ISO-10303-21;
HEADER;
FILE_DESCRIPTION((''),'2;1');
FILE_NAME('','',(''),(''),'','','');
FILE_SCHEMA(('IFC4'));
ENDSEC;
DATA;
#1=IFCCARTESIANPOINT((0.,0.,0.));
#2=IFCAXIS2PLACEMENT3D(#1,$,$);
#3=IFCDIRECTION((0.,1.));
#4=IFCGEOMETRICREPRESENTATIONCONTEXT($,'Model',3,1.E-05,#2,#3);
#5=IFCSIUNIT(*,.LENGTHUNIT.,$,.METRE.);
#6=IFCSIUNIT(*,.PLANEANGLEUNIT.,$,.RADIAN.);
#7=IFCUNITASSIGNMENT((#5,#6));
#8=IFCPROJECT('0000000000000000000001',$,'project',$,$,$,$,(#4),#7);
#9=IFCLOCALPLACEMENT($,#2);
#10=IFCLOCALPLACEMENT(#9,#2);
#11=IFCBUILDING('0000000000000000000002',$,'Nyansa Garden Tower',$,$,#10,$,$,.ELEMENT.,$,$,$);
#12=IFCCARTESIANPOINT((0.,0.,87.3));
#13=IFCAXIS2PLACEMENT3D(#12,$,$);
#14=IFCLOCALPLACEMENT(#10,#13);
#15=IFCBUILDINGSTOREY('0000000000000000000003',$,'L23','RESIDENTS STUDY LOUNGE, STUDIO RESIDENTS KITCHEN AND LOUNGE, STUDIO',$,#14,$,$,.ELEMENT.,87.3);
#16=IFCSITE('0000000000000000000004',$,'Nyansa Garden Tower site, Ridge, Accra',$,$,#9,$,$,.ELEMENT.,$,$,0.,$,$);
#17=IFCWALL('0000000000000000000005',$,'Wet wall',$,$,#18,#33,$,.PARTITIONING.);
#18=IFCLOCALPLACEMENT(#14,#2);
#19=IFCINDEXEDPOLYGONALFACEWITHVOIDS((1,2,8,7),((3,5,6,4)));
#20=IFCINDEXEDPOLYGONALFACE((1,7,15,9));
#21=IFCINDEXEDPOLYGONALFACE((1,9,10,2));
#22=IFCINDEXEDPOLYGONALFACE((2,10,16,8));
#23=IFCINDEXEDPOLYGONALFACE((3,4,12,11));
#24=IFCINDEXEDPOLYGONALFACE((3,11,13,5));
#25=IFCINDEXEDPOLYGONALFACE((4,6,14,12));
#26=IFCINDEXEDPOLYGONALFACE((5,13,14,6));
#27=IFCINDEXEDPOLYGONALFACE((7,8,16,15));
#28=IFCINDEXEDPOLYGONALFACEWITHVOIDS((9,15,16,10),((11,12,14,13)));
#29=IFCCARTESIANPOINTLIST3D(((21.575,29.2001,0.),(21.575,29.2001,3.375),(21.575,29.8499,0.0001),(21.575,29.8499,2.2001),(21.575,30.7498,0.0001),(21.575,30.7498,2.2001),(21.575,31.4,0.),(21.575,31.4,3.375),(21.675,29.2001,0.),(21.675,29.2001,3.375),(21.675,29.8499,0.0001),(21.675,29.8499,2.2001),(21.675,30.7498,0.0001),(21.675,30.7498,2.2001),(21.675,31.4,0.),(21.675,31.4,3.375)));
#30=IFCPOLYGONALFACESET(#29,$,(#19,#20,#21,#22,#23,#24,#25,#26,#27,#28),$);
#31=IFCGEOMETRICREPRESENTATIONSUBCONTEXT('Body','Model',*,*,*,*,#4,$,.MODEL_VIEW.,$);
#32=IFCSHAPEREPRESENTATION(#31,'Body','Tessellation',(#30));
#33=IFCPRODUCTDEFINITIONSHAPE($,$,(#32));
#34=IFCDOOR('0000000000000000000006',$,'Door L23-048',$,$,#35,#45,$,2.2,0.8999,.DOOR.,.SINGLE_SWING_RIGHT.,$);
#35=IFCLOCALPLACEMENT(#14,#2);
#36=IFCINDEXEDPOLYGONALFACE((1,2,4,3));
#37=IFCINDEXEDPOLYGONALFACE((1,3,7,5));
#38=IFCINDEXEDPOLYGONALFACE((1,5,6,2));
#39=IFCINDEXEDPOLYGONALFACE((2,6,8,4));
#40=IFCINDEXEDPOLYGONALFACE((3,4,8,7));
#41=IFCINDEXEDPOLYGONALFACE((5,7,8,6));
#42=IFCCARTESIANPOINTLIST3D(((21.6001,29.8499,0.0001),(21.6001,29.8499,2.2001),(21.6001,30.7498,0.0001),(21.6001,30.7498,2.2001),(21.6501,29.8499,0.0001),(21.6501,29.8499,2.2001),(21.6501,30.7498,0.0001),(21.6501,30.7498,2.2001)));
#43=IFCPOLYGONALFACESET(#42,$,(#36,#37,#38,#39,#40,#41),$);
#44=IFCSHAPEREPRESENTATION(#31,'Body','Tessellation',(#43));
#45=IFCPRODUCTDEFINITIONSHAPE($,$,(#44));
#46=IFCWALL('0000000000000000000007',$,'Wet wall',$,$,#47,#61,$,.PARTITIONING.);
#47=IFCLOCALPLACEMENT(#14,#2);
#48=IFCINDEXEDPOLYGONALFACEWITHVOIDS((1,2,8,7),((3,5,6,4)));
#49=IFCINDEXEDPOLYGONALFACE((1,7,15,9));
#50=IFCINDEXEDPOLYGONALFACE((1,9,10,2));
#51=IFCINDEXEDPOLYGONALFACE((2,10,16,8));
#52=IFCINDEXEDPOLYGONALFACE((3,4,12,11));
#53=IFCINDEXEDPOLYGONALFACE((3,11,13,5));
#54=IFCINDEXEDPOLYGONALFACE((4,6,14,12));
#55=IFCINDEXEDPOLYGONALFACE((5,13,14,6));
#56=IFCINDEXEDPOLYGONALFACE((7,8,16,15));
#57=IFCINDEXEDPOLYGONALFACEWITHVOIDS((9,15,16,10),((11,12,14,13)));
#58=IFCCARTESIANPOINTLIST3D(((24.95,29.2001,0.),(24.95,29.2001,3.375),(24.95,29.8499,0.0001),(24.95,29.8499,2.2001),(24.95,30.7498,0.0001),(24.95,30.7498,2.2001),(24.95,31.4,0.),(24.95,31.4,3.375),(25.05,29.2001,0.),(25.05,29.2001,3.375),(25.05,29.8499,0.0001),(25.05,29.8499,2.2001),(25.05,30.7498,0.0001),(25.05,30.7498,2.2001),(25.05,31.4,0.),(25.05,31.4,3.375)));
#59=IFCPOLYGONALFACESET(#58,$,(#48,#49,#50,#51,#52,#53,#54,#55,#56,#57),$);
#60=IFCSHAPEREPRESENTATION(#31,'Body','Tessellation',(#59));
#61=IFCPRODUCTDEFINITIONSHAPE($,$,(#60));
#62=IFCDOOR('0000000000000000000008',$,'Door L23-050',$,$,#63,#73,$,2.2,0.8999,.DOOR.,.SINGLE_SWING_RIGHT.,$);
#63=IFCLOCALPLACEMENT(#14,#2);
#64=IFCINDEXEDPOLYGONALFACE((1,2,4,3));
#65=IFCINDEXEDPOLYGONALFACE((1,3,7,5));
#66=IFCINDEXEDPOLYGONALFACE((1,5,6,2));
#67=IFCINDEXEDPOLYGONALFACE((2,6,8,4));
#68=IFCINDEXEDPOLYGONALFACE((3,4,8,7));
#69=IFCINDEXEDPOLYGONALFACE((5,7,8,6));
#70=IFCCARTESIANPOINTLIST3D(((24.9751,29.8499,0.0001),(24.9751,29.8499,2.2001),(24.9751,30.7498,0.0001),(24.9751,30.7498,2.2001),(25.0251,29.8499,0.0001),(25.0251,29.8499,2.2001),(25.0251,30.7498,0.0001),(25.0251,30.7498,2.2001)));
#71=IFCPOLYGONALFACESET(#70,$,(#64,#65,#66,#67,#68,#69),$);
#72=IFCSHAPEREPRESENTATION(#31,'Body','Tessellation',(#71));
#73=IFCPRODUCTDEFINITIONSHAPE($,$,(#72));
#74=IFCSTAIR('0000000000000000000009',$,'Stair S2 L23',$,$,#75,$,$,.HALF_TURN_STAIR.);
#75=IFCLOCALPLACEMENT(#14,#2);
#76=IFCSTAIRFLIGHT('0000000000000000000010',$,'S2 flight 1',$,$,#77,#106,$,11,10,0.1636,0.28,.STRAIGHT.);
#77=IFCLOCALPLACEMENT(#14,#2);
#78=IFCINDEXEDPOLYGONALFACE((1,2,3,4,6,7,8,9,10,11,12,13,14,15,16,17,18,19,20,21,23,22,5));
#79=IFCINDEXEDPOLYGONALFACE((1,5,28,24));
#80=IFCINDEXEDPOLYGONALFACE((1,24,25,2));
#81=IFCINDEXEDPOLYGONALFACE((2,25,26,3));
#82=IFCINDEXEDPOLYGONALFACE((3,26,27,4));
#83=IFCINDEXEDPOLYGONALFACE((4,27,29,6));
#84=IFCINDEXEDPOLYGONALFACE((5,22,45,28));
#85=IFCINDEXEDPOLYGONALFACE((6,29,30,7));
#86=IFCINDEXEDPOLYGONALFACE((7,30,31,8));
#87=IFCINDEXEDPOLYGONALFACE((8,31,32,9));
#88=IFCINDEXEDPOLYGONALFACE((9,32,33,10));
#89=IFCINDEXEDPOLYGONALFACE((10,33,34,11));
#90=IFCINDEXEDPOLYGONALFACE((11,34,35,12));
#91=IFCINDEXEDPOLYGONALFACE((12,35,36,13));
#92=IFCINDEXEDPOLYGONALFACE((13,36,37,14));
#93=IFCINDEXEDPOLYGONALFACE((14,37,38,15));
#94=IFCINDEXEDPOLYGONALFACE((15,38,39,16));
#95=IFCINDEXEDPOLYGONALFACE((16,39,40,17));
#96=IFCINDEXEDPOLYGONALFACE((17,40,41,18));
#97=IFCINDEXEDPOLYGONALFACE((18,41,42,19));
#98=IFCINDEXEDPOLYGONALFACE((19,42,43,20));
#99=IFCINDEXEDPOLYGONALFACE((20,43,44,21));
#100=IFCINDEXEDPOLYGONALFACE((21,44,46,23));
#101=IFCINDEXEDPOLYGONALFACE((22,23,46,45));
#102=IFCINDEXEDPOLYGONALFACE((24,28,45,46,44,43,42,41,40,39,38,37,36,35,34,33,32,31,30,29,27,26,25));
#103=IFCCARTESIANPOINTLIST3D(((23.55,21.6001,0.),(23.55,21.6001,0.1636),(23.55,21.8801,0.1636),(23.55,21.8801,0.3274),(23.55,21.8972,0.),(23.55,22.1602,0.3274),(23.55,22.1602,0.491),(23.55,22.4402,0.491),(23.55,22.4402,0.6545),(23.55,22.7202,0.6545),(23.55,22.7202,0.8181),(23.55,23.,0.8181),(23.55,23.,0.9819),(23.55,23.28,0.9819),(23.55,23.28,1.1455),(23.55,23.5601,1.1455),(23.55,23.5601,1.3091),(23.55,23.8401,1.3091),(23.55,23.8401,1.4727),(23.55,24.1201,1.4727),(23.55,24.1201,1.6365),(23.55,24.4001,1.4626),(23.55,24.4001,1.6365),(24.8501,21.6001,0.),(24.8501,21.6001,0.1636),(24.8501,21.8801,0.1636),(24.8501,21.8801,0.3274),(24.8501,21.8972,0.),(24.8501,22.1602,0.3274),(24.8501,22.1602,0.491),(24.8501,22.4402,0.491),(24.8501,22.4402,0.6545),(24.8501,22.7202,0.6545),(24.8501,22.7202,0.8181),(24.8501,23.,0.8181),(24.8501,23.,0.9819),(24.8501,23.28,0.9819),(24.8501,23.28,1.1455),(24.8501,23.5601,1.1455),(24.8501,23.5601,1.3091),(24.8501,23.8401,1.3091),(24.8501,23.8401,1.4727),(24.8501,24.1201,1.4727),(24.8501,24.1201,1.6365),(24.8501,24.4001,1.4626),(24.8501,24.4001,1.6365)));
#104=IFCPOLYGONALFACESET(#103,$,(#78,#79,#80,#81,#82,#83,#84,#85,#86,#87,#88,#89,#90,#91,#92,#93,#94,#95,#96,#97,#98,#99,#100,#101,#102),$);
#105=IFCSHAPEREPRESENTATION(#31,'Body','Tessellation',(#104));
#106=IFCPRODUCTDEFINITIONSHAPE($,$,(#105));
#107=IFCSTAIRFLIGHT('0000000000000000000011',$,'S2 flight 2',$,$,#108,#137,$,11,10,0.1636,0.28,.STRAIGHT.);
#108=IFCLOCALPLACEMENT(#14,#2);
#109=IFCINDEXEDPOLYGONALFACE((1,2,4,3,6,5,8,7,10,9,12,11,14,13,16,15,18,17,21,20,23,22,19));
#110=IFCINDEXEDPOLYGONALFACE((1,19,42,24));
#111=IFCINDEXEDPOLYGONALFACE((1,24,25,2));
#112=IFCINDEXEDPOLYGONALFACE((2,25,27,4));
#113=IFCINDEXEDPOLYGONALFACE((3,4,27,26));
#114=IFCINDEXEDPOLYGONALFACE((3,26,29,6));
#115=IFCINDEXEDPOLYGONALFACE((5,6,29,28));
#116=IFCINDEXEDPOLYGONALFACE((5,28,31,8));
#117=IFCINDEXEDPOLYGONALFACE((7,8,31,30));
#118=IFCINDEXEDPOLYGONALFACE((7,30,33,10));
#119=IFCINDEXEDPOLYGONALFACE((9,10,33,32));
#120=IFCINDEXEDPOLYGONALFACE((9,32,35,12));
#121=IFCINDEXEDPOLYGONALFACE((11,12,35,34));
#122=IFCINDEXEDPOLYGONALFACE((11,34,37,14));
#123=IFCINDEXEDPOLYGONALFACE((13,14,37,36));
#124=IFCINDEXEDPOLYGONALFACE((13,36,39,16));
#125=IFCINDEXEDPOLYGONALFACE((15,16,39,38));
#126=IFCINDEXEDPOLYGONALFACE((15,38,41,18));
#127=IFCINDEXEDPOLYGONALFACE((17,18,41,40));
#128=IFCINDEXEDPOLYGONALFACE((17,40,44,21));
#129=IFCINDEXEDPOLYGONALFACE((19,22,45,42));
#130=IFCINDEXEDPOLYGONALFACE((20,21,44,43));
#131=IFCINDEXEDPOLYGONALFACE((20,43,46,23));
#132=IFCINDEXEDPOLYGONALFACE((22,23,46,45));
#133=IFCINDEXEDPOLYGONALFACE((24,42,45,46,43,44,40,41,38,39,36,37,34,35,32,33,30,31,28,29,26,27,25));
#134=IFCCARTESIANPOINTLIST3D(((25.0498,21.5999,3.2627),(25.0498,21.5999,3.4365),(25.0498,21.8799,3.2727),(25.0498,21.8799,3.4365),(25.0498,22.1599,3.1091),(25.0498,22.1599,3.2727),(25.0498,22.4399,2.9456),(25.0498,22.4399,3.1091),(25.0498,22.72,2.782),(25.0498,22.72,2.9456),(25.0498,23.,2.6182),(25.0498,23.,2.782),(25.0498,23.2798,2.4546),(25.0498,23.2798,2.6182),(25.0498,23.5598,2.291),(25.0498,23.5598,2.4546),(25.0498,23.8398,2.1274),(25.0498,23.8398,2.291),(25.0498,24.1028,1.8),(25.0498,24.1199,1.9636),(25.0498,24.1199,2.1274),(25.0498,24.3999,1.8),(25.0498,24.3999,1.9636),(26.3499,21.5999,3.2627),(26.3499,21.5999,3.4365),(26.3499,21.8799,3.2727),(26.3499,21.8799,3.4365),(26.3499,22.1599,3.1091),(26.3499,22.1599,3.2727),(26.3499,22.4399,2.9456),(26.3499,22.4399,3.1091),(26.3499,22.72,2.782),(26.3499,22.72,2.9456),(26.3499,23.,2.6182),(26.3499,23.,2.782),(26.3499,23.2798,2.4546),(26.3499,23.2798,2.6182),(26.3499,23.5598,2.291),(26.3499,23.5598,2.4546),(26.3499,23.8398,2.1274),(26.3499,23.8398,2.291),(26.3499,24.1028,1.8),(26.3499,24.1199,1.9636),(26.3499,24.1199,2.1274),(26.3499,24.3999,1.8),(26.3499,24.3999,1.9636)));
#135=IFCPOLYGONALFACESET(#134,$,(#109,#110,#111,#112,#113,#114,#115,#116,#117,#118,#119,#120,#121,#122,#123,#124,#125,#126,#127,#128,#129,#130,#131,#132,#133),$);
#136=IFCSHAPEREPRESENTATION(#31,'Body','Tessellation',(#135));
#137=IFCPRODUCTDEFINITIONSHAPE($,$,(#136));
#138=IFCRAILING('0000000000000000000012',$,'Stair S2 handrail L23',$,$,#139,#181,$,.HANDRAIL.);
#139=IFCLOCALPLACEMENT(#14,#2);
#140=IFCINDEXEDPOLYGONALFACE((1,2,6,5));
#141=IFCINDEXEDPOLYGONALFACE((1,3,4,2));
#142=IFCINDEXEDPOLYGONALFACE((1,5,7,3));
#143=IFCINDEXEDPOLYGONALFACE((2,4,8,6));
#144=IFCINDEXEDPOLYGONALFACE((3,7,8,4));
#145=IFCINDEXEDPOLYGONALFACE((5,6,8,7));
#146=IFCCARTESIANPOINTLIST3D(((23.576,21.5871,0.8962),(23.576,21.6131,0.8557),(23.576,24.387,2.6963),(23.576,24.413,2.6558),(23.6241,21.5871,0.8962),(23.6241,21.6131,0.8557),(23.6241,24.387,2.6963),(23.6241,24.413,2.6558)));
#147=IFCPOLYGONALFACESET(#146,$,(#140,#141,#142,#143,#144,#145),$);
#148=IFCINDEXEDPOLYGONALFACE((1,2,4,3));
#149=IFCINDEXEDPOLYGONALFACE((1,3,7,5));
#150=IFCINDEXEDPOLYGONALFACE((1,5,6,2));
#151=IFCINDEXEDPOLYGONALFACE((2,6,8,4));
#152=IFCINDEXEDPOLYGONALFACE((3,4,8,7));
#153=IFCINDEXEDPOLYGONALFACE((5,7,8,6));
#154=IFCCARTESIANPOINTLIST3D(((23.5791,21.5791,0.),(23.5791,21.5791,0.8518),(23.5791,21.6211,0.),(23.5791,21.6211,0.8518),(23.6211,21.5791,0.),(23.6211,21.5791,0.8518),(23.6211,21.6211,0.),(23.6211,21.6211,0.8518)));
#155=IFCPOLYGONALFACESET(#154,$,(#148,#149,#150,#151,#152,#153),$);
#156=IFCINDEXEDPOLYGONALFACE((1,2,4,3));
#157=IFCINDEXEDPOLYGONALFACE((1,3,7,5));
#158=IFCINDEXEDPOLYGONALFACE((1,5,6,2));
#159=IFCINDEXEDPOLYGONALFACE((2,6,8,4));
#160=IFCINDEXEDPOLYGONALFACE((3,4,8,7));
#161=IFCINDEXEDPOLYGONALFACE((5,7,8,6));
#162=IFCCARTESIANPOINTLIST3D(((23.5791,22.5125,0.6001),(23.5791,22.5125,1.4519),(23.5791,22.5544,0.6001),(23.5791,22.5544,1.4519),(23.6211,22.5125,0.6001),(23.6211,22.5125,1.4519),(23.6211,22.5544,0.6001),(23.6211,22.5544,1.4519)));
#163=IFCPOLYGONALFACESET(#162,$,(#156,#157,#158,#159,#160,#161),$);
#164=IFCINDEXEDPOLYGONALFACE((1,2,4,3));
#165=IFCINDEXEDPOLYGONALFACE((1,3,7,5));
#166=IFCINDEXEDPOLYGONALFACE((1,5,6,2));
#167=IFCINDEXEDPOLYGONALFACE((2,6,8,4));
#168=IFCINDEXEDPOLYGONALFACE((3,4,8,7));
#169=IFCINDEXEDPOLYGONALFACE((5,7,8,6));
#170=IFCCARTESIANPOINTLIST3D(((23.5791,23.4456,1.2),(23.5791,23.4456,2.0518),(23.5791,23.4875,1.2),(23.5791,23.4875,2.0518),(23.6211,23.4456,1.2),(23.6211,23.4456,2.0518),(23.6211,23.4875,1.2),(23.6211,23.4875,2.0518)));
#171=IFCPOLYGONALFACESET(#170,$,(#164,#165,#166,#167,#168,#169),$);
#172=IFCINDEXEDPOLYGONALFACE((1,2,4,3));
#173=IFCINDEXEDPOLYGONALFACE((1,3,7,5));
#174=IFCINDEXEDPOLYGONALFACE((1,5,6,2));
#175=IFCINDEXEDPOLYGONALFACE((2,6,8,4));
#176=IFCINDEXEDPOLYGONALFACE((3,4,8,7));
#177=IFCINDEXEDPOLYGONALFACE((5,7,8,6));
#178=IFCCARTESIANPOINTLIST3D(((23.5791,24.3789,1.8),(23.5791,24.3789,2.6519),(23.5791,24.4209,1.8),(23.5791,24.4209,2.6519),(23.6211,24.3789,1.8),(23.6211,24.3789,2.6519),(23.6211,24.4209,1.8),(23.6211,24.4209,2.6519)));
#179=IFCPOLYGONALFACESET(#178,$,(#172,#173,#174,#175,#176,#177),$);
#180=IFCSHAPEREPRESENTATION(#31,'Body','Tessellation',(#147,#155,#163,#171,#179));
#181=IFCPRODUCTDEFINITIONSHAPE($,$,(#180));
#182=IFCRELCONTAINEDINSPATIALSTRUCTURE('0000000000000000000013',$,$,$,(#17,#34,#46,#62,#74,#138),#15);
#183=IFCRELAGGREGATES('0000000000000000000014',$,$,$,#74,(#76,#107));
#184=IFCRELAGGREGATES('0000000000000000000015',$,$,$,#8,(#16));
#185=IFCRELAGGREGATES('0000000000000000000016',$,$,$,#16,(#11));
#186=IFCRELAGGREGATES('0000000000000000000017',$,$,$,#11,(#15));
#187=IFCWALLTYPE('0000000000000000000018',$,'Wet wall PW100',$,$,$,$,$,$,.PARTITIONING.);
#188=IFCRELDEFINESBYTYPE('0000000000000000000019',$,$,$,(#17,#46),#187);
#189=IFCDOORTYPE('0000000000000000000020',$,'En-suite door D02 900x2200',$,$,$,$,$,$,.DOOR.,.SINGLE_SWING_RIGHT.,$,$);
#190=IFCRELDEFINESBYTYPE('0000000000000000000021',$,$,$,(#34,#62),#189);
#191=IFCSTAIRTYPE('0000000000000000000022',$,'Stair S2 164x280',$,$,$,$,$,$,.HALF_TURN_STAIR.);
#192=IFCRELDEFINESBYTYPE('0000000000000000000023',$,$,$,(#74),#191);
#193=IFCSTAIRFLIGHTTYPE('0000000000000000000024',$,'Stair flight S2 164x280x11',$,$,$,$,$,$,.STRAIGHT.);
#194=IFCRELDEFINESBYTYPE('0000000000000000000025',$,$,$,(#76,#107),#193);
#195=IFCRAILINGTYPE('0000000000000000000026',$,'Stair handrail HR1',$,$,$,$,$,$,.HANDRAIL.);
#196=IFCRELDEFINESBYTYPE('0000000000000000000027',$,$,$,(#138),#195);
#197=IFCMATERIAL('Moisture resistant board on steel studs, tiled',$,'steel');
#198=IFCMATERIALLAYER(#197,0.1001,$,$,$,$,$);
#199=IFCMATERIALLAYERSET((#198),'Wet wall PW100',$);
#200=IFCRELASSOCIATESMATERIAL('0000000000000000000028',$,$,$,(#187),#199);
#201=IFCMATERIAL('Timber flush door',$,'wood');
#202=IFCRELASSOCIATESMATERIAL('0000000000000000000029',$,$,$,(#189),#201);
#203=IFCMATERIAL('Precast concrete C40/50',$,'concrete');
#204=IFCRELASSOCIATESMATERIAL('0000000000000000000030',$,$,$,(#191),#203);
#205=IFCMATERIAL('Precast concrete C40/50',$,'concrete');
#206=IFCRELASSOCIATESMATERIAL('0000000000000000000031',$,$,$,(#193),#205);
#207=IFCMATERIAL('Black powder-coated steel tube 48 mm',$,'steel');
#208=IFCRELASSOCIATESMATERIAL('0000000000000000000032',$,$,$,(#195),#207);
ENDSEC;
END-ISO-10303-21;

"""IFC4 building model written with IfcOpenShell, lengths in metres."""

from ifc_helpers import new_model, si_unit, direction, frame, frame_2d, origin, origin_2d, place, context, subcontext, project, spatial, polyline, rectangle, outline, extrude, material, layer, layer_set, type_object, element, fill, aggregate, save


model = new_model("IFC4")

# Units and contexts
model_context = context("Model", 3, precision=1e-05, world=origin(), true_north=direction((0.0, 1.0)))
body_context = subcontext(model_context, "Body", "Model", "MODEL_VIEW")
ifc_project = project(units=[si_unit("LENGTHUNIT", "METRE"), si_unit("PLANEANGLEUNIT", "RADIAN")], contexts=[model_context])

# Site, building, storey
site_placement = place(None, origin())
site = spatial("IfcSite", under=ifc_project, at=site_placement, Name="Nyansa Garden Tower site, Ridge, Accra", CompositionType="ELEMENT", RefElevation=0.0)
building_placement = place(site_placement, origin())
building = spatial("IfcBuilding", under=site, at=building_placement, Name="Nyansa Garden Tower", CompositionType="ELEMENT")
storey_placement = place(building_placement, frame((0.0, 0.0, 87.3)))
storey = spatial("IfcBuildingStorey", under=building, at=storey_placement, Name="L23", Description="RESIDENTS STUDY LOUNGE, STUDIO RESIDENTS KITCHEN AND LOUNGE, STUDIO", CompositionType="ELEMENT", Elevation=87.3)

# Walls, openings, doors
ifc_material_1 = material(Name="Moisture resistant board on steel studs, tiled", Category="steel")
ifc_layer_1 = layer(ifc_material_1, 0.1001)
ifc_layer_set_1 = layer_set([ifc_layer_1], Name="Wet wall PW100")
wall_type_1 = type_object("IfcWallType", Name="Wet wall PW100", PredefinedType="PARTITIONING", material=ifc_layer_set_1)
wall_1_placement = place(storey_placement, frame((21.625, 29.2, 0.0), z_axis=(0.0, 0.0, 1.0), x_axis=(0.0, 1.0, 0.0)))
wall_1 = element("IfcWall", 1, at=wall_1_placement, inside=storey, type_object=wall_type_1, Name="Wet wall", PredefinedType="PARTITIONING", context=body_context, shape_type="SweptSolid", body=[
    extrude(rectangle(XDim=2.2, YDim=0.1001, at=frame_2d((1.1001, 0.0))), origin(), (0.0, 0.0, 1.0), 3.375),
])
opening_1_placement = place(wall_1_placement, frame((0.6499, 0.0, 0.0)))
opening_1 = element("IfcOpeningElement", 2, at=opening_1_placement, cuts=wall_1, PredefinedType="OPENING", context=body_context, shape_type="SweptSolid", body=[
    extrude(rectangle(XDim=0.8999, YDim=2.2, at=frame_2d((0.45, 1.1001))), frame((0.0, 0.0601, 0.0), z_axis=(0.0, -1.0, 0.0), x_axis=(1.0, 0.0, 0.0)), (0.0, 0.0, 1.0), 0.1201),
])
ifc_material_2 = material(Name="Timber flush door", Category="wood")
door_type_1 = type_object("IfcDoorType", Name="En-suite door D02 900x2200", OperationType="SINGLE_SWING_RIGHT", PredefinedType="DOOR", material=ifc_material_2)
door_1_placement = place(opening_1_placement, origin())
door_1 = element("IfcDoor", 3, at=door_1_placement, inside=storey, type_object=door_type_1, Name="Door L23-048", OperationType="SINGLE_SWING_RIGHT", OverallHeight=2.2, OverallWidth=0.8999, PredefinedType="DOOR", context=body_context, shape_type="SweptSolid", body=[
    extrude(rectangle(XDim=0.8999, YDim=2.2, at=frame_2d((0.45, 1.1001))), frame((0.0, 0.0249, 0.0), z_axis=(0.0, -1.0, 0.0), x_axis=(1.0, 0.0, 0.0)), (0.0, 0.0, 1.0), 0.05),
])
fill(opening_1, door_1)
wall_2_placement = place(storey_placement, frame((25.0, 29.2, 0.0), z_axis=(0.0, 0.0, 1.0), x_axis=(0.0, 1.0, 0.0)))
wall_2 = element("IfcWall", 4, at=wall_2_placement, inside=storey, type_object=wall_type_1, Name="Wet wall", PredefinedType="PARTITIONING", context=body_context, shape_type="SweptSolid", body=[
    extrude(rectangle(XDim=2.2, YDim=0.1001, at=frame_2d((1.1001, 0.0))), origin(), (0.0, 0.0, 1.0), 3.375),
])
opening_2_placement = place(wall_2_placement, frame((0.6499, 0.0, 0.0)))
opening_2 = element("IfcOpeningElement", 5, at=opening_2_placement, cuts=wall_2, PredefinedType="OPENING", context=body_context, shape_type="SweptSolid", body=[
    extrude(rectangle(XDim=0.8999, YDim=2.2, at=frame_2d((0.45, 1.1001))), frame((0.0, 0.0601, 0.0), z_axis=(0.0, -1.0, 0.0), x_axis=(1.0, 0.0, 0.0)), (0.0, 0.0, 1.0), 0.1201),
])
door_2_placement = place(opening_2_placement, origin())
door_2 = element("IfcDoor", 6, at=door_2_placement, inside=storey, type_object=door_type_1, Name="Door L23-050", OperationType="SINGLE_SWING_RIGHT", OverallHeight=2.2, OverallWidth=0.8999, PredefinedType="DOOR", context=body_context, shape_type="SweptSolid", body=[
    extrude(rectangle(XDim=0.8999, YDim=2.2, at=frame_2d((0.45, 1.1001))), frame((0.0, 0.0249, 0.0), z_axis=(0.0, -1.0, 0.0), x_axis=(1.0, 0.0, 0.0)), (0.0, 0.0, 1.0), 0.05),
])
fill(opening_2, door_2)

# Stair, stair flights
ifc_material_3 = material(Name="Precast concrete C40/50", Category="concrete")
stair_type = type_object("IfcStairType", Name="Stair S2 164x280", PredefinedType="HALF_TURN_STAIR", material=ifc_material_3)
stair_placement = place(storey_placement, origin())
stair = element("IfcStair", 7, at=stair_placement, inside=storey, type_object=stair_type, Name="Stair S2 L23", PredefinedType="HALF_TURN_STAIR")
ifc_material_4 = material(Name="Precast concrete C40/50", Category="concrete")
stair_flight_type = type_object("IfcStairFlightType", Name="Stair flight S2 164x280x11", PredefinedType="STRAIGHT", material=ifc_material_4)
stair_flight_1_placement = place(storey_placement, frame((24.2, 21.6001, 0.0), z_axis=(0.0, 0.0, 1.0), x_axis=(0.0, 1.0, 0.0)))
stair_flight_1 = element("IfcStairFlight", 8, at=stair_flight_1_placement, type_object=stair_flight_type, Name="S2 flight 1", NumberOfRisers=11, NumberOfTreads=10, PredefinedType="STRAIGHT", RiserHeight=0.1636, TreadLength=0.28, context=body_context, shape_type="SweptSolid", body=[
    extrude(outline(polyline([(0.0, 0.0), (0.0, 0.1636), (0.28, 0.1636), (0.28, 0.3274), (0.5601, 0.3274), (0.5601, 0.491), (0.8401, 0.491), (0.8401, 0.6545), (1.1201, 0.6545), (1.1201, 0.8181), (1.3999, 0.8181), (1.3999, 0.9819), (1.6799, 0.9819), (1.6799, 1.1455), (1.96, 1.1455), (1.96, 1.3091), (2.24, 1.3091), (2.24, 1.4727), (2.52, 1.4727), (2.52, 1.6365), (2.8, 1.6365), (2.8, 1.8), (2.8, 1.4626), (0.2971, 0.0), (0.0, 0.0)])), frame((0.0, 0.6499, 0.0), z_axis=(0.0, -1.0, 0.0), x_axis=(1.0, 0.0, 0.0)), (0.0, 0.0, 1.0), 1.3),
])
stair_flight_2_placement = place(storey_placement, frame((25.7, 24.3999, 1.8), z_axis=(0.0, 0.0, 1.0), x_axis=(0.0, -1.0, 0.0)))
stair_flight_2 = element("IfcStairFlight", 9, at=stair_flight_2_placement, type_object=stair_flight_type, Name="S2 flight 2", NumberOfRisers=11, NumberOfTreads=10, PredefinedType="STRAIGHT", RiserHeight=0.1636, TreadLength=0.28, context=body_context, shape_type="SweptSolid", body=[
    extrude(outline(polyline([(0.0, 0.0), (0.0, 0.1636), (0.28, 0.1636), (0.28, 0.3274), (0.5601, 0.3274), (0.5601, 0.491), (0.8401, 0.491), (0.8401, 0.6545), (1.1201, 0.6545), (1.1201, 0.8181), (1.3999, 0.8181), (1.3999, 0.9819), (1.6799, 0.9819), (1.6799, 1.1455), (1.96, 1.1455), (1.96, 1.3091), (2.24, 1.3091), (2.24, 1.4727), (2.52, 1.4727), (2.52, 1.6365), (2.8, 1.6365), (2.8, 1.8), (2.8, 1.4626), (0.2971, 0.0), (0.0, 0.0)])), frame((0.0, 0.6499, 0.0), z_axis=(0.0, -1.0, 0.0), x_axis=(1.0, 0.0, 0.0)), (0.0, 0.0, 1.0), 1.3),
])
aggregate(stair, [stair_flight_1, stair_flight_2])

# Railing
ifc_material_5 = material(Name="Black powder-coated steel tube 48 mm", Category="steel")
railing_type = type_object("IfcRailingType", Name="Stair handrail HR1", PredefinedType="HANDRAIL", material=ifc_material_5)
railing_1_placement = place(storey_placement, frame((23.6001, 21.6001, 0.0)))
element("IfcRailing", 10, at=railing_1_placement, inside=storey, type_object=railing_type, Name="Stair S2 handrail L23", PredefinedType="HANDRAIL", context=body_context, shape_type="SweptSolid", body=[
    extrude(rectangle(XDim=0.0481, YDim=0.0481, at=origin_2d()), frame((0.0, 0.0, 0.876), z_axis=(0.0, 0.841155, 0.540795), x_axis=(-1.0, 0.0, 0.0)), (0.0, 0.0, 1.0), 3.3286),
    extrude(rectangle(XDim=0.042, YDim=0.042, at=origin_2d()), origin(), (0.0, 0.0, 1.0), 0.8518),
    extrude(rectangle(XDim=0.042, YDim=0.042, at=origin_2d()), frame((0.0, 0.9333, 0.6001)), (0.0, 0.0, 1.0), 0.8518),
    extrude(rectangle(XDim=0.042, YDim=0.042, at=origin_2d()), frame((0.0, 1.8665, 1.2)), (0.0, 0.0, 1.0), 0.8518),
    extrude(rectangle(XDim=0.042, YDim=0.042, at=origin_2d()), frame((0.0, 2.7998, 1.8)), (0.0, 0.0, 1.0), 0.8518),
])

save(model, "model.ifc")
